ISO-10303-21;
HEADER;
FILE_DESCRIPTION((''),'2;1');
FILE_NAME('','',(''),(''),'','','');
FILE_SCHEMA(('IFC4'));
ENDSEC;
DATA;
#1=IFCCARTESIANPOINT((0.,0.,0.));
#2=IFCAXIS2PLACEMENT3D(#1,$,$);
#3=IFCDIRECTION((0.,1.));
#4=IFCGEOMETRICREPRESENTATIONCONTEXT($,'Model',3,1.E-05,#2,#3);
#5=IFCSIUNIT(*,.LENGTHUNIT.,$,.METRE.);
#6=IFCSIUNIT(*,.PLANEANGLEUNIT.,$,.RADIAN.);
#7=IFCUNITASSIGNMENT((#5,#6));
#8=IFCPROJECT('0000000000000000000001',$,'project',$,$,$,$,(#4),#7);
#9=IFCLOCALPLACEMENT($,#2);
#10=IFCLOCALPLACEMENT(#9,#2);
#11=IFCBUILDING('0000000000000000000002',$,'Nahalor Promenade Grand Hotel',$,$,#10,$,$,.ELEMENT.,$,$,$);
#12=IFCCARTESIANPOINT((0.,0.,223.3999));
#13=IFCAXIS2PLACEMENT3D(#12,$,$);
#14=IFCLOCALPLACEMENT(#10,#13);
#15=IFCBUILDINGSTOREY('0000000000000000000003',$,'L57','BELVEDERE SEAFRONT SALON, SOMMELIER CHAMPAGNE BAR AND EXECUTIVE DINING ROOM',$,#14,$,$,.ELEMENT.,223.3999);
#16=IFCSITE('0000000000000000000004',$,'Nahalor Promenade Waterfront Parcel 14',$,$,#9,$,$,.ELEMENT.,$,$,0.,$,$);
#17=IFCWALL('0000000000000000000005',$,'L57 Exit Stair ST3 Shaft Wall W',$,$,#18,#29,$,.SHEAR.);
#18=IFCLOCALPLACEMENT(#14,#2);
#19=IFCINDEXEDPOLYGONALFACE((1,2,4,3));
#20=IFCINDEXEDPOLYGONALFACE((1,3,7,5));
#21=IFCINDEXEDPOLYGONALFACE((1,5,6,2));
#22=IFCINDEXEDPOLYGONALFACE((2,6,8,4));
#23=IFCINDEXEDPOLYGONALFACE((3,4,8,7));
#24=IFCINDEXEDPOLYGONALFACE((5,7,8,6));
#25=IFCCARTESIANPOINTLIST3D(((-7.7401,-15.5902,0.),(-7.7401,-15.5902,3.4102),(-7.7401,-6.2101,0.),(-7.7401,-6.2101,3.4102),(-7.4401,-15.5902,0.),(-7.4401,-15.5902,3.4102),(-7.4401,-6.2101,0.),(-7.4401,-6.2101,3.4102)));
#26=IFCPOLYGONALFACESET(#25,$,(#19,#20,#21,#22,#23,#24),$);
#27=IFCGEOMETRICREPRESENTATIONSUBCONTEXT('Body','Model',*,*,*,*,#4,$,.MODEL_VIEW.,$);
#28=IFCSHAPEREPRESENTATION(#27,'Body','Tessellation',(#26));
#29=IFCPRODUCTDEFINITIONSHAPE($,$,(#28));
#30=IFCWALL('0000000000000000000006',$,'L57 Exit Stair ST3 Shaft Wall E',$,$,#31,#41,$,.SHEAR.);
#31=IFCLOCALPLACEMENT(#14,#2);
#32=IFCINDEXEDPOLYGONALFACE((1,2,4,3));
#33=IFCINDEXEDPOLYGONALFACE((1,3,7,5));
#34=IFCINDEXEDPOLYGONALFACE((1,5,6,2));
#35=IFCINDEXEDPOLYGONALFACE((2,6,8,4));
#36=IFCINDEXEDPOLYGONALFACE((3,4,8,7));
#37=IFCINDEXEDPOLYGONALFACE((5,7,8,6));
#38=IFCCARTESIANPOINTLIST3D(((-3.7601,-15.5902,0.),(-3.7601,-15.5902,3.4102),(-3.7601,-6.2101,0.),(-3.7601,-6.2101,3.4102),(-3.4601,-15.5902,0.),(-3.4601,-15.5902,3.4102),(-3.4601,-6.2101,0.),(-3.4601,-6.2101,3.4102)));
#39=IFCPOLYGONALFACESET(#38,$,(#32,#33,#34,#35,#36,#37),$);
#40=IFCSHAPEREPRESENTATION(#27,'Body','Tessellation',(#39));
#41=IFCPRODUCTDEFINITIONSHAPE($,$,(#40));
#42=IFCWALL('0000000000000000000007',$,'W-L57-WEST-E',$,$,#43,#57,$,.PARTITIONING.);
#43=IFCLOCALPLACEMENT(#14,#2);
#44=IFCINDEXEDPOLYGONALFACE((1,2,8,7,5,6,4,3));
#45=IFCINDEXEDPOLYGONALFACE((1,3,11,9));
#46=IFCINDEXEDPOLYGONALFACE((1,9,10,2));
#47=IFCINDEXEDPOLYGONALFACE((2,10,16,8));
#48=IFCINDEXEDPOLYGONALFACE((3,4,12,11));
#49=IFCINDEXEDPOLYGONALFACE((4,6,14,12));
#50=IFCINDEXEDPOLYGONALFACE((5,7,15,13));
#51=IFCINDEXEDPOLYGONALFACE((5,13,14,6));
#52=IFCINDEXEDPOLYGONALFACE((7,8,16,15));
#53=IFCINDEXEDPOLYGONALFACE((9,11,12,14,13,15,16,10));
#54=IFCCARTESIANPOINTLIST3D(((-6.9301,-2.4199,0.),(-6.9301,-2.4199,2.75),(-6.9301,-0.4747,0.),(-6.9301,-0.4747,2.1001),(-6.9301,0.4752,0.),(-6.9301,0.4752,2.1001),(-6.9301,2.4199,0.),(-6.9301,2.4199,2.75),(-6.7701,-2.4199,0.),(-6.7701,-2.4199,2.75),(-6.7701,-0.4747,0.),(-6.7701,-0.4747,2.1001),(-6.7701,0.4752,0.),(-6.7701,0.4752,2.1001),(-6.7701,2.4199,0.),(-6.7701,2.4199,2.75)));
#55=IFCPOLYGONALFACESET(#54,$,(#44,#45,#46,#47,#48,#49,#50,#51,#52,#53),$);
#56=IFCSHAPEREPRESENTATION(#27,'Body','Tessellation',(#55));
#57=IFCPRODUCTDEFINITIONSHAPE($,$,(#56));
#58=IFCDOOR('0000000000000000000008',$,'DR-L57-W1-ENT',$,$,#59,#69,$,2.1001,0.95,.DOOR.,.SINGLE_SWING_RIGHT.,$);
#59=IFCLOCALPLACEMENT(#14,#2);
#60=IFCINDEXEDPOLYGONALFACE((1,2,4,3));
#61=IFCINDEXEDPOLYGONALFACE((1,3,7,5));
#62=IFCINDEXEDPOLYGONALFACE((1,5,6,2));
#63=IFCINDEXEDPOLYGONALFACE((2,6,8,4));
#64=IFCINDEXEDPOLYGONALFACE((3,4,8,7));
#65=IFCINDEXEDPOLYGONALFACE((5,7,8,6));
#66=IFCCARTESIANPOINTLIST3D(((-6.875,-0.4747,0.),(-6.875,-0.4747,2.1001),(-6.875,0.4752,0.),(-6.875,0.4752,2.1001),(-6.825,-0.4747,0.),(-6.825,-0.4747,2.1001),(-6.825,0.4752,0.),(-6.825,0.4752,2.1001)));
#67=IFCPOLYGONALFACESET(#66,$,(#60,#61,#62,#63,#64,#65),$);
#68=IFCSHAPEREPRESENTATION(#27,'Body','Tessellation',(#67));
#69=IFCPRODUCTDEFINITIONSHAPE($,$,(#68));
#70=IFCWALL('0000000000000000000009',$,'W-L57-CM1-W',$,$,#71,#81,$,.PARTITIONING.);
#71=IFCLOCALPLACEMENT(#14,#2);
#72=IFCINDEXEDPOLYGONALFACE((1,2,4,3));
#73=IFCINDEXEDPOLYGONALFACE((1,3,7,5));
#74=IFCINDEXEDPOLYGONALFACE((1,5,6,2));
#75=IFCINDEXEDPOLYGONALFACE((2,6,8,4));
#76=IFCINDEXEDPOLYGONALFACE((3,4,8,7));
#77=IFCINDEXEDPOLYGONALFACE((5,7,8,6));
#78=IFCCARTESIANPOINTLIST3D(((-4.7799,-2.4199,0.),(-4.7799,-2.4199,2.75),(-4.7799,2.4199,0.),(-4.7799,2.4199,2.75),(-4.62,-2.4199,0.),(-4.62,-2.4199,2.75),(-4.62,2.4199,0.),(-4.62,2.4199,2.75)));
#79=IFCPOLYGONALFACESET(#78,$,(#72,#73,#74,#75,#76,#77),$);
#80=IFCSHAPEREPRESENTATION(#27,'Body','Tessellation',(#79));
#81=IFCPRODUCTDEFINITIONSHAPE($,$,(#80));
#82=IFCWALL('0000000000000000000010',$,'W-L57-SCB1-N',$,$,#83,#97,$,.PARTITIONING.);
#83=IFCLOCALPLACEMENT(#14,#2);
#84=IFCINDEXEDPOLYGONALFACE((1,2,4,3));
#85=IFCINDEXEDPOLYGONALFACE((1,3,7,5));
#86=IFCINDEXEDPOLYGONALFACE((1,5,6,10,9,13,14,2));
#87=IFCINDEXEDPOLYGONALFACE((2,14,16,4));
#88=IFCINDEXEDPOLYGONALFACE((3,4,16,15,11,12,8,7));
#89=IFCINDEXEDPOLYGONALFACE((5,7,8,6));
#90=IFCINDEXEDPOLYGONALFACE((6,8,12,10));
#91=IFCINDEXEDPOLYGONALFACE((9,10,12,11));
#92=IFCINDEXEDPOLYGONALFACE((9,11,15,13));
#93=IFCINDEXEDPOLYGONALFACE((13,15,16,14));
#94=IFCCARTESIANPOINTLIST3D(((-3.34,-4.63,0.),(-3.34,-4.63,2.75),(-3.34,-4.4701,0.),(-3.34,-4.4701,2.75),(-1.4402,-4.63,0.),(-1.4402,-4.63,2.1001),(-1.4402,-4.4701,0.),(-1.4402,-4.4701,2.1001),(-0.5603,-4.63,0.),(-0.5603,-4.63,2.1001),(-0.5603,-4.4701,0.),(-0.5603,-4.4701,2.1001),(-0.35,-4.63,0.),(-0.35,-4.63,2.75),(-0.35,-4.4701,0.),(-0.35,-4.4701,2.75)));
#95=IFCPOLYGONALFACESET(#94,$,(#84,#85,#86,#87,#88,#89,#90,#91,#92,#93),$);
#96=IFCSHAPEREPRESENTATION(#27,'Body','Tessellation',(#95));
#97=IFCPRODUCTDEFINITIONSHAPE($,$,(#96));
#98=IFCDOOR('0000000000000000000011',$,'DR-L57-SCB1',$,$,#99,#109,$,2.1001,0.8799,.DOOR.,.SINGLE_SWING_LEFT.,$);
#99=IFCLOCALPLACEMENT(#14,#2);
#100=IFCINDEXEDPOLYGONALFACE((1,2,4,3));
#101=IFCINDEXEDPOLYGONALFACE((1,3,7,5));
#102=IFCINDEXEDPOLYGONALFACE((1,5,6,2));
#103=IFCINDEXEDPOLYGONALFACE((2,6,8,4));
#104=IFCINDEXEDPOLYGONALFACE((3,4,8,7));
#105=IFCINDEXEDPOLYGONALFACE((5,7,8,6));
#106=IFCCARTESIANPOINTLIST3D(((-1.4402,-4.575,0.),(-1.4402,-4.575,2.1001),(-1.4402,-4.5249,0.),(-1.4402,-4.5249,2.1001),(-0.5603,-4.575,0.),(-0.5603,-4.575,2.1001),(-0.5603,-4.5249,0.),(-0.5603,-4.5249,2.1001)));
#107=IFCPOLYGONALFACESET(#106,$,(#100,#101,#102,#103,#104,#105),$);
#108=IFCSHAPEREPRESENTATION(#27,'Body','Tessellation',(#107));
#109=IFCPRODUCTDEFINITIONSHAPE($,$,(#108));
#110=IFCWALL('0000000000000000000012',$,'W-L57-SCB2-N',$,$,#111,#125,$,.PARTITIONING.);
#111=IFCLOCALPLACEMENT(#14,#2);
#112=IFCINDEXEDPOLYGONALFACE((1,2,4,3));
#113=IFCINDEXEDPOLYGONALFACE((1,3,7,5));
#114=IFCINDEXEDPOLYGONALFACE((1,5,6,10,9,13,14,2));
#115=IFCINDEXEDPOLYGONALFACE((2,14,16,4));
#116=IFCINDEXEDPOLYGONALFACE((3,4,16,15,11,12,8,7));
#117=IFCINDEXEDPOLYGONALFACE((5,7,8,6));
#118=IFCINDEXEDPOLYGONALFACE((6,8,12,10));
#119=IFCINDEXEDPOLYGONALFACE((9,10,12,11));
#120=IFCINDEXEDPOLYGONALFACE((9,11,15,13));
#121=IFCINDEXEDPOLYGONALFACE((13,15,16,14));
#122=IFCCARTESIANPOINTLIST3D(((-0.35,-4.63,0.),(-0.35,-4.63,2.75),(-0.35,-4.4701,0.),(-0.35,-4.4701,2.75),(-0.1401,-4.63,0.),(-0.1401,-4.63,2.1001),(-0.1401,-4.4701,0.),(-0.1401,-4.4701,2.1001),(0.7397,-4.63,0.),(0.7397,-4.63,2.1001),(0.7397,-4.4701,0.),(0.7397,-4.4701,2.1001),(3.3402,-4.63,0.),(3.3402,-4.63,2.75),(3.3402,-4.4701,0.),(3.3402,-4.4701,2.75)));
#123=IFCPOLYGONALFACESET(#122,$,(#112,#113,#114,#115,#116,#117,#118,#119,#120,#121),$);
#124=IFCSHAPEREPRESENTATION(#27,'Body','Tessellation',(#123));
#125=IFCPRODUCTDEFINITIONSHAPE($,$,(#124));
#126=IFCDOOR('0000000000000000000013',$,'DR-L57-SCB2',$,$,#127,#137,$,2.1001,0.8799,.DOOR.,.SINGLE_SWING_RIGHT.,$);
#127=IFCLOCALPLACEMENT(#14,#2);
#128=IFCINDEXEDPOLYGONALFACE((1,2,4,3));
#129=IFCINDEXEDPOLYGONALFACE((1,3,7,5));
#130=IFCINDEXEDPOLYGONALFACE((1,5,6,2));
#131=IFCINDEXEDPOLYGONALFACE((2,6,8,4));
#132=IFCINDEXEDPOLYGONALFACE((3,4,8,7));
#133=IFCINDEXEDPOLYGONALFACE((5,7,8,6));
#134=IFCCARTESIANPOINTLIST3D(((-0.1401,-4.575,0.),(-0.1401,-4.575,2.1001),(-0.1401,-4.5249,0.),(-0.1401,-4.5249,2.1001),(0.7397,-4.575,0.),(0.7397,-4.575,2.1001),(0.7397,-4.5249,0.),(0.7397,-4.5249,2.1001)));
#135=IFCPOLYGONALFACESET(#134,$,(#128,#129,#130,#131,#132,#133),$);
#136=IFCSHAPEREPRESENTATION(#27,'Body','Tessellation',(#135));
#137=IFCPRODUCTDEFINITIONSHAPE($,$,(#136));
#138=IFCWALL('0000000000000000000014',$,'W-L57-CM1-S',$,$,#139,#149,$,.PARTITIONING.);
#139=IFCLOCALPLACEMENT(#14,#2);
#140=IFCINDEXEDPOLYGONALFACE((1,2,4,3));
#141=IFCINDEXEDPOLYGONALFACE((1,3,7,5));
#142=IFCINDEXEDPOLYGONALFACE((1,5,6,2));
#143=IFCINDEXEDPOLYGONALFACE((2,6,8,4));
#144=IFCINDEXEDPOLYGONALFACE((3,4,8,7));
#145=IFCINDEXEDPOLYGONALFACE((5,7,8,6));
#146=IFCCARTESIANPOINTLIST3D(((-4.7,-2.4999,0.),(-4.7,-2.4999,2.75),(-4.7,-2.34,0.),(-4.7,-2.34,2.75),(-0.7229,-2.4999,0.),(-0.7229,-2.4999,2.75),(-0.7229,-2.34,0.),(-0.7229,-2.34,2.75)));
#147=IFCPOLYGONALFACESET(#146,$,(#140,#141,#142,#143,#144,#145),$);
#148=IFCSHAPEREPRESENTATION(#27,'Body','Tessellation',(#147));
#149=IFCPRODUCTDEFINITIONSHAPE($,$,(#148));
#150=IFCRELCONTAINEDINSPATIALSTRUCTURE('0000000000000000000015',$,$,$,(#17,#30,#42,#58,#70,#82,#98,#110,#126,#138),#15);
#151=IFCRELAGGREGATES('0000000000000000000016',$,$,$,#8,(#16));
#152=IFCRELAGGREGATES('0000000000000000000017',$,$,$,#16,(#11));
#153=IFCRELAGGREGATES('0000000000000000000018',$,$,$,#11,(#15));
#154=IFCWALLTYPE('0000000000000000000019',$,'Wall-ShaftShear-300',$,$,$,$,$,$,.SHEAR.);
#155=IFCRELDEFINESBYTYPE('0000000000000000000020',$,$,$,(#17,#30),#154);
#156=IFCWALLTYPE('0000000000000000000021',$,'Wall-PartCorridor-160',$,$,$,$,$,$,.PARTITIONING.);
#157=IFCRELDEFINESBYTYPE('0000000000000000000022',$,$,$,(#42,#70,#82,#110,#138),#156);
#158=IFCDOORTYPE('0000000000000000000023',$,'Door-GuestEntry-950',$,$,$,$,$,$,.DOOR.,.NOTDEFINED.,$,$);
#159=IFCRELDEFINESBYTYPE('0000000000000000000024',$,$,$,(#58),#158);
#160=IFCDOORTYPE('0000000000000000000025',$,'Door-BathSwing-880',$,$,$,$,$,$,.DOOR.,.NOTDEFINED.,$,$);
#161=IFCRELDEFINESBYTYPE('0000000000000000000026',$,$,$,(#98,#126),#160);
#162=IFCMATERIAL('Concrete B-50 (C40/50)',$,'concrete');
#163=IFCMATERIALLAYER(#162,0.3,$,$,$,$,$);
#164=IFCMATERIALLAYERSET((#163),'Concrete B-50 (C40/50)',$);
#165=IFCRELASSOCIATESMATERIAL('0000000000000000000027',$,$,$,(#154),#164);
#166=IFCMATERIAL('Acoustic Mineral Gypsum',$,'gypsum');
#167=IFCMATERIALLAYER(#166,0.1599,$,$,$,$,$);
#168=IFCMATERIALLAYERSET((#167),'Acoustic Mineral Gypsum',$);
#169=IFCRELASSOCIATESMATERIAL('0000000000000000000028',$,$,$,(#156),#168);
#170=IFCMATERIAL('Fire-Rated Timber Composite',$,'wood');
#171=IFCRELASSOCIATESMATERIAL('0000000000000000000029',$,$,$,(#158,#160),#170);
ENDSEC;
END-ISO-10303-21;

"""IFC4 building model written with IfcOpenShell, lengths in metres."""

from ifc_helpers import new_model, si_unit, direction, frame, frame_2d, origin, place, context, subcontext, project, spatial, rectangle, extrude, source, transform, mapped, material, layer, layer_set, type_object, element, fill, save


model = new_model("IFC4")

# Units and contexts
model_context = context("Model", 3, precision=1e-05, world=origin(), true_north=direction((0.0, 1.0)))
body_context = subcontext(model_context, "Body", "Model", "MODEL_VIEW")
ifc_project = project(units=[si_unit("LENGTHUNIT", "METRE"), si_unit("PLANEANGLEUNIT", "RADIAN")], contexts=[model_context])

# Site, building, storey
site_placement = place(None, origin())
site = spatial("IfcSite", under=ifc_project, at=site_placement, Name="Nahalor Promenade Waterfront Parcel 14", CompositionType="ELEMENT", RefElevation=0.0)
building_placement = place(site_placement, origin())
building = spatial("IfcBuilding", under=site, at=building_placement, Name="Nahalor Promenade Grand Hotel", CompositionType="ELEMENT")
storey_placement = place(building_placement, frame((0.0, 0.0, 223.3999)))
storey = spatial("IfcBuildingStorey", under=building, at=storey_placement, Name="L57", Description="BELVEDERE SEAFRONT SALON, SOMMELIER CHAMPAGNE BAR AND EXECUTIVE DINING ROOM", CompositionType="ELEMENT", Elevation=223.3999)

# Shared definitions
ifc_material_1 = material(Name="Concrete B-50 (C40/50)", Category="concrete")
ifc_layer_1 = layer(ifc_material_1, 0.3)
ifc_layer_set_1 = layer_set([ifc_layer_1], Name="Concrete B-50 (C40/50)")
wall_type_1 = type_object("IfcWallType", Name="Wall-ShaftShear-300", PredefinedType="SHEAR", material=ifc_layer_set_1)

# Walls
shared_shape_1 = source(origin(), body_context, "Body", "SweptSolid", [
    extrude(rectangle(XDim=9.3801, YDim=0.3, at=frame_2d((4.6899, 0.0))), origin(), (0.0, 0.0, 1.0), 3.4102),
])
for number, where, z_axis, x_axis, name in (
    (1, (-7.5901, -15.5901, 0.0), (0.0, 0.0, 1.0), (0.0, 1.0, 0.0), "L57 Exit Stair ST3 Shaft Wall W"),
    (2, (-3.6101, -15.5901, 0.0), (0.0, 0.0, 1.0), (0.0, 1.0, 0.0), "L57 Exit Stair ST3 Shaft Wall E"),
):
    element("IfcWall", number, at=place(storey_placement, frame(where, z_axis=z_axis, x_axis=x_axis)), inside=storey, type_object=wall_type_1, Name=name, PredefinedType="SHEAR", context=body_context, shape_type="MappedRepresentation", body=[
        mapped(shared_shape_1, transform((0.0, 0.0, 0.0), scale=1.0)),
    ])

# Wall, opening, door
ifc_material_2 = material(Name="Acoustic Mineral Gypsum", Category="gypsum")
ifc_layer_2 = layer(ifc_material_2, 0.1599)
ifc_layer_set_2 = layer_set([ifc_layer_2], Name="Acoustic Mineral Gypsum")
wall_type_2 = type_object("IfcWallType", Name="Wall-PartCorridor-160", PredefinedType="PARTITIONING", material=ifc_layer_set_2)
shared_shape_2 = source(origin(), body_context, "Body", "SweptSolid", [
    extrude(rectangle(XDim=4.8398, YDim=0.1599, at=frame_2d((2.4199, 0.0))), origin(), (0.0, 0.0, 1.0), 2.75),
])
wall_1_placement = place(storey_placement, frame((-6.8501, -2.4199, 0.0), z_axis=(0.0, 0.0, 1.0), x_axis=(0.0, 1.0, 0.0)))
wall_1 = element("IfcWall", 3, at=wall_1_placement, inside=storey, type_object=wall_type_2, Name="W-L57-WEST-E", PredefinedType="PARTITIONING", context=body_context, shape_type="MappedRepresentation", body=[
    mapped(shared_shape_2, transform((0.0, 0.0, 0.0), scale=1.0)),
])
opening_1_placement = place(wall_1_placement, frame((1.9451, 0.0, 0.0)))
opening_1 = element("IfcOpeningElement", 4, at=opening_1_placement, cuts=wall_1, PredefinedType="OPENING", context=body_context, shape_type="SweptSolid", body=[
    extrude(rectangle(XDim=0.95, YDim=2.1001, at=frame_2d((0.4751, 1.05))), frame((0.0, 0.0898, 0.0), z_axis=(0.0, -1.0, 0.0), x_axis=(1.0, 0.0, 0.0)), (0.0, 0.0, 1.0), 0.1799),
])
ifc_material_3 = material(Name="Fire-Rated Timber Composite", Category="wood")
door_type_1 = type_object("IfcDoorType", Name="Door-GuestEntry-950", OperationType="NOTDEFINED", PredefinedType="DOOR", material=ifc_material_3)
shared_shape_3 = source(origin(), body_context, "Body", "SweptSolid", [
    extrude(rectangle(XDim=0.95, YDim=2.1001, at=frame_2d((0.4751, 1.05))), frame((0.0, 0.0249, 0.0), z_axis=(0.0, -1.0, 0.0), x_axis=(1.0, 0.0, 0.0)), (0.0, 0.0, 1.0), 0.05),
])
door_1_placement = place(opening_1_placement, origin())
door_1 = element("IfcDoor", 5, at=door_1_placement, inside=storey, type_object=door_type_1, Name="DR-L57-W1-ENT", OperationType="SINGLE_SWING_RIGHT", OverallHeight=2.1001, OverallWidth=0.95, PredefinedType="DOOR", context=body_context, shape_type="MappedRepresentation", body=[
    mapped(shared_shape_3, transform((0.0, 0.0, 0.0), scale=1.0)),
])
fill(opening_1, door_1)

# Wall
wall_2_placement = place(storey_placement, frame((-4.7, -2.4199, 0.0), z_axis=(0.0, 0.0, 1.0), x_axis=(0.0, 1.0, 0.0)))
element("IfcWall", 6, at=wall_2_placement, inside=storey, type_object=wall_type_2, Name="W-L57-CM1-W", PredefinedType="PARTITIONING", context=body_context, shape_type="MappedRepresentation", body=[
    mapped(shared_shape_2, transform((0.0, 0.0, 0.0), scale=1.0)),
])

# Walls, openings, doors
shared_shape_4 = source(origin(), body_context, "Body", "SweptSolid", [
    extrude(rectangle(XDim=2.99, YDim=0.1599, at=frame_2d((1.4951, 0.0))), origin(), (0.0, 0.0, 1.0), 2.75),
])
wall_3_placement = place(storey_placement, frame((-3.3401, -4.55, 0.0), z_axis=(0.0, 0.0, 1.0), x_axis=(1.0, 0.0, 0.0)))
wall_3 = element("IfcWall", 7, at=wall_3_placement, inside=storey, type_object=wall_type_2, Name="W-L57-SCB1-N", PredefinedType="PARTITIONING", context=body_context, shape_type="MappedRepresentation", body=[
    mapped(shared_shape_4, transform((0.0, 0.0, 0.0), scale=1.0)),
])
opening_2_placement = place(wall_3_placement, frame((1.8999, 0.0, 0.0)))
opening_2 = element("IfcOpeningElement", 8, at=opening_2_placement, cuts=wall_3, PredefinedType="OPENING", context=body_context, shape_type="SweptSolid", body=[
    extrude(rectangle(XDim=0.8799, YDim=2.1001, at=frame_2d((0.4399, 1.05))), frame((0.0, 0.0898, 0.0), z_axis=(0.0, -1.0, 0.0), x_axis=(1.0, 0.0, 0.0)), (0.0, 0.0, 1.0), 0.1799),
])
door_type_2 = type_object("IfcDoorType", Name="Door-BathSwing-880", OperationType="NOTDEFINED", PredefinedType="DOOR", material=ifc_material_3)
shared_shape_5 = source(origin(), body_context, "Body", "SweptSolid", [
    extrude(rectangle(XDim=0.8799, YDim=2.1001, at=frame_2d((0.4399, 1.05))), frame((0.0, 0.0249, 0.0), z_axis=(0.0, -1.0, 0.0), x_axis=(1.0, 0.0, 0.0)), (0.0, 0.0, 1.0), 0.05),
])
door_2_placement = place(opening_2_placement, frame((0.8799, 0.0, 0.0), z_axis=(0.0, 0.0, 1.0), x_axis=(-1.0, 0.0, 0.0)))
door_2 = element("IfcDoor", 9, at=door_2_placement, inside=storey, type_object=door_type_2, Name="DR-L57-SCB1", OperationType="SINGLE_SWING_LEFT", OverallHeight=2.1001, OverallWidth=0.8799, PredefinedType="DOOR", context=body_context, shape_type="MappedRepresentation", body=[
    mapped(shared_shape_5, transform((0.0, 0.0, 0.0), scale=1.0)),
])
fill(opening_2, door_2)
shared_shape_6 = source(origin(), body_context, "Body", "SweptSolid", [
    extrude(rectangle(XDim=3.6902, YDim=0.1599, at=frame_2d((1.8452, 0.0))), origin(), (0.0, 0.0, 1.0), 2.75),
])
wall_4_placement = place(storey_placement, frame((-0.3501, -4.55, 0.0), z_axis=(0.0, 0.0, 1.0), x_axis=(1.0, 0.0, 0.0)))
wall_4 = element("IfcWall", 10, at=wall_4_placement, inside=storey, type_object=wall_type_2, Name="W-L57-SCB2-N", PredefinedType="PARTITIONING", context=body_context, shape_type="MappedRepresentation", body=[
    mapped(shared_shape_6, transform((0.0, 0.0, 0.0), scale=1.0)),
])
opening_3_placement = place(wall_4_placement, frame((0.21, 0.0, 0.0)))
opening_3 = element("IfcOpeningElement", 11, at=opening_3_placement, cuts=wall_4, PredefinedType="OPENING", context=body_context, shape_type="SweptSolid", body=[
    extrude(rectangle(XDim=0.8799, YDim=2.1001, at=frame_2d((0.4399, 1.05))), frame((0.0, 0.0898, 0.0), z_axis=(0.0, -1.0, 0.0), x_axis=(1.0, 0.0, 0.0)), (0.0, 0.0, 1.0), 0.1799),
])
door_3_placement = place(opening_3_placement, frame((0.8799, 0.0, 0.0), z_axis=(0.0, 0.0, 1.0), x_axis=(-1.0, 0.0, 0.0)))
door_3 = element("IfcDoor", 12, at=door_3_placement, inside=storey, type_object=door_type_2, Name="DR-L57-SCB2", OperationType="SINGLE_SWING_RIGHT", OverallHeight=2.1001, OverallWidth=0.8799, PredefinedType="DOOR", context=body_context, shape_type="MappedRepresentation", body=[
    mapped(shared_shape_5, transform((0.0, 0.0, 0.0), scale=1.0)),
])
fill(opening_3, door_3)

# Wall
shared_shape_7 = source(origin(), body_context, "Body", "SweptSolid", [
    extrude(rectangle(XDim=3.9771, YDim=0.1599, at=frame_2d((1.9885, 0.0))), origin(), (0.0, 0.0, 1.0), 2.75),
])
wall_5_placement = place(storey_placement, frame((-4.7, -2.4199, 0.0), z_axis=(0.0, 0.0, 1.0), x_axis=(1.0, 0.0, 0.0)))
element("IfcWall", 13, at=wall_5_placement, inside=storey, type_object=wall_type_2, Name="W-L57-CM1-S", PredefinedType="PARTITIONING", context=body_context, shape_type="MappedRepresentation", body=[
    mapped(shared_shape_7, transform((0.0, 0.0, 0.0), scale=1.0)),
])

save(model, "model.ifc")
